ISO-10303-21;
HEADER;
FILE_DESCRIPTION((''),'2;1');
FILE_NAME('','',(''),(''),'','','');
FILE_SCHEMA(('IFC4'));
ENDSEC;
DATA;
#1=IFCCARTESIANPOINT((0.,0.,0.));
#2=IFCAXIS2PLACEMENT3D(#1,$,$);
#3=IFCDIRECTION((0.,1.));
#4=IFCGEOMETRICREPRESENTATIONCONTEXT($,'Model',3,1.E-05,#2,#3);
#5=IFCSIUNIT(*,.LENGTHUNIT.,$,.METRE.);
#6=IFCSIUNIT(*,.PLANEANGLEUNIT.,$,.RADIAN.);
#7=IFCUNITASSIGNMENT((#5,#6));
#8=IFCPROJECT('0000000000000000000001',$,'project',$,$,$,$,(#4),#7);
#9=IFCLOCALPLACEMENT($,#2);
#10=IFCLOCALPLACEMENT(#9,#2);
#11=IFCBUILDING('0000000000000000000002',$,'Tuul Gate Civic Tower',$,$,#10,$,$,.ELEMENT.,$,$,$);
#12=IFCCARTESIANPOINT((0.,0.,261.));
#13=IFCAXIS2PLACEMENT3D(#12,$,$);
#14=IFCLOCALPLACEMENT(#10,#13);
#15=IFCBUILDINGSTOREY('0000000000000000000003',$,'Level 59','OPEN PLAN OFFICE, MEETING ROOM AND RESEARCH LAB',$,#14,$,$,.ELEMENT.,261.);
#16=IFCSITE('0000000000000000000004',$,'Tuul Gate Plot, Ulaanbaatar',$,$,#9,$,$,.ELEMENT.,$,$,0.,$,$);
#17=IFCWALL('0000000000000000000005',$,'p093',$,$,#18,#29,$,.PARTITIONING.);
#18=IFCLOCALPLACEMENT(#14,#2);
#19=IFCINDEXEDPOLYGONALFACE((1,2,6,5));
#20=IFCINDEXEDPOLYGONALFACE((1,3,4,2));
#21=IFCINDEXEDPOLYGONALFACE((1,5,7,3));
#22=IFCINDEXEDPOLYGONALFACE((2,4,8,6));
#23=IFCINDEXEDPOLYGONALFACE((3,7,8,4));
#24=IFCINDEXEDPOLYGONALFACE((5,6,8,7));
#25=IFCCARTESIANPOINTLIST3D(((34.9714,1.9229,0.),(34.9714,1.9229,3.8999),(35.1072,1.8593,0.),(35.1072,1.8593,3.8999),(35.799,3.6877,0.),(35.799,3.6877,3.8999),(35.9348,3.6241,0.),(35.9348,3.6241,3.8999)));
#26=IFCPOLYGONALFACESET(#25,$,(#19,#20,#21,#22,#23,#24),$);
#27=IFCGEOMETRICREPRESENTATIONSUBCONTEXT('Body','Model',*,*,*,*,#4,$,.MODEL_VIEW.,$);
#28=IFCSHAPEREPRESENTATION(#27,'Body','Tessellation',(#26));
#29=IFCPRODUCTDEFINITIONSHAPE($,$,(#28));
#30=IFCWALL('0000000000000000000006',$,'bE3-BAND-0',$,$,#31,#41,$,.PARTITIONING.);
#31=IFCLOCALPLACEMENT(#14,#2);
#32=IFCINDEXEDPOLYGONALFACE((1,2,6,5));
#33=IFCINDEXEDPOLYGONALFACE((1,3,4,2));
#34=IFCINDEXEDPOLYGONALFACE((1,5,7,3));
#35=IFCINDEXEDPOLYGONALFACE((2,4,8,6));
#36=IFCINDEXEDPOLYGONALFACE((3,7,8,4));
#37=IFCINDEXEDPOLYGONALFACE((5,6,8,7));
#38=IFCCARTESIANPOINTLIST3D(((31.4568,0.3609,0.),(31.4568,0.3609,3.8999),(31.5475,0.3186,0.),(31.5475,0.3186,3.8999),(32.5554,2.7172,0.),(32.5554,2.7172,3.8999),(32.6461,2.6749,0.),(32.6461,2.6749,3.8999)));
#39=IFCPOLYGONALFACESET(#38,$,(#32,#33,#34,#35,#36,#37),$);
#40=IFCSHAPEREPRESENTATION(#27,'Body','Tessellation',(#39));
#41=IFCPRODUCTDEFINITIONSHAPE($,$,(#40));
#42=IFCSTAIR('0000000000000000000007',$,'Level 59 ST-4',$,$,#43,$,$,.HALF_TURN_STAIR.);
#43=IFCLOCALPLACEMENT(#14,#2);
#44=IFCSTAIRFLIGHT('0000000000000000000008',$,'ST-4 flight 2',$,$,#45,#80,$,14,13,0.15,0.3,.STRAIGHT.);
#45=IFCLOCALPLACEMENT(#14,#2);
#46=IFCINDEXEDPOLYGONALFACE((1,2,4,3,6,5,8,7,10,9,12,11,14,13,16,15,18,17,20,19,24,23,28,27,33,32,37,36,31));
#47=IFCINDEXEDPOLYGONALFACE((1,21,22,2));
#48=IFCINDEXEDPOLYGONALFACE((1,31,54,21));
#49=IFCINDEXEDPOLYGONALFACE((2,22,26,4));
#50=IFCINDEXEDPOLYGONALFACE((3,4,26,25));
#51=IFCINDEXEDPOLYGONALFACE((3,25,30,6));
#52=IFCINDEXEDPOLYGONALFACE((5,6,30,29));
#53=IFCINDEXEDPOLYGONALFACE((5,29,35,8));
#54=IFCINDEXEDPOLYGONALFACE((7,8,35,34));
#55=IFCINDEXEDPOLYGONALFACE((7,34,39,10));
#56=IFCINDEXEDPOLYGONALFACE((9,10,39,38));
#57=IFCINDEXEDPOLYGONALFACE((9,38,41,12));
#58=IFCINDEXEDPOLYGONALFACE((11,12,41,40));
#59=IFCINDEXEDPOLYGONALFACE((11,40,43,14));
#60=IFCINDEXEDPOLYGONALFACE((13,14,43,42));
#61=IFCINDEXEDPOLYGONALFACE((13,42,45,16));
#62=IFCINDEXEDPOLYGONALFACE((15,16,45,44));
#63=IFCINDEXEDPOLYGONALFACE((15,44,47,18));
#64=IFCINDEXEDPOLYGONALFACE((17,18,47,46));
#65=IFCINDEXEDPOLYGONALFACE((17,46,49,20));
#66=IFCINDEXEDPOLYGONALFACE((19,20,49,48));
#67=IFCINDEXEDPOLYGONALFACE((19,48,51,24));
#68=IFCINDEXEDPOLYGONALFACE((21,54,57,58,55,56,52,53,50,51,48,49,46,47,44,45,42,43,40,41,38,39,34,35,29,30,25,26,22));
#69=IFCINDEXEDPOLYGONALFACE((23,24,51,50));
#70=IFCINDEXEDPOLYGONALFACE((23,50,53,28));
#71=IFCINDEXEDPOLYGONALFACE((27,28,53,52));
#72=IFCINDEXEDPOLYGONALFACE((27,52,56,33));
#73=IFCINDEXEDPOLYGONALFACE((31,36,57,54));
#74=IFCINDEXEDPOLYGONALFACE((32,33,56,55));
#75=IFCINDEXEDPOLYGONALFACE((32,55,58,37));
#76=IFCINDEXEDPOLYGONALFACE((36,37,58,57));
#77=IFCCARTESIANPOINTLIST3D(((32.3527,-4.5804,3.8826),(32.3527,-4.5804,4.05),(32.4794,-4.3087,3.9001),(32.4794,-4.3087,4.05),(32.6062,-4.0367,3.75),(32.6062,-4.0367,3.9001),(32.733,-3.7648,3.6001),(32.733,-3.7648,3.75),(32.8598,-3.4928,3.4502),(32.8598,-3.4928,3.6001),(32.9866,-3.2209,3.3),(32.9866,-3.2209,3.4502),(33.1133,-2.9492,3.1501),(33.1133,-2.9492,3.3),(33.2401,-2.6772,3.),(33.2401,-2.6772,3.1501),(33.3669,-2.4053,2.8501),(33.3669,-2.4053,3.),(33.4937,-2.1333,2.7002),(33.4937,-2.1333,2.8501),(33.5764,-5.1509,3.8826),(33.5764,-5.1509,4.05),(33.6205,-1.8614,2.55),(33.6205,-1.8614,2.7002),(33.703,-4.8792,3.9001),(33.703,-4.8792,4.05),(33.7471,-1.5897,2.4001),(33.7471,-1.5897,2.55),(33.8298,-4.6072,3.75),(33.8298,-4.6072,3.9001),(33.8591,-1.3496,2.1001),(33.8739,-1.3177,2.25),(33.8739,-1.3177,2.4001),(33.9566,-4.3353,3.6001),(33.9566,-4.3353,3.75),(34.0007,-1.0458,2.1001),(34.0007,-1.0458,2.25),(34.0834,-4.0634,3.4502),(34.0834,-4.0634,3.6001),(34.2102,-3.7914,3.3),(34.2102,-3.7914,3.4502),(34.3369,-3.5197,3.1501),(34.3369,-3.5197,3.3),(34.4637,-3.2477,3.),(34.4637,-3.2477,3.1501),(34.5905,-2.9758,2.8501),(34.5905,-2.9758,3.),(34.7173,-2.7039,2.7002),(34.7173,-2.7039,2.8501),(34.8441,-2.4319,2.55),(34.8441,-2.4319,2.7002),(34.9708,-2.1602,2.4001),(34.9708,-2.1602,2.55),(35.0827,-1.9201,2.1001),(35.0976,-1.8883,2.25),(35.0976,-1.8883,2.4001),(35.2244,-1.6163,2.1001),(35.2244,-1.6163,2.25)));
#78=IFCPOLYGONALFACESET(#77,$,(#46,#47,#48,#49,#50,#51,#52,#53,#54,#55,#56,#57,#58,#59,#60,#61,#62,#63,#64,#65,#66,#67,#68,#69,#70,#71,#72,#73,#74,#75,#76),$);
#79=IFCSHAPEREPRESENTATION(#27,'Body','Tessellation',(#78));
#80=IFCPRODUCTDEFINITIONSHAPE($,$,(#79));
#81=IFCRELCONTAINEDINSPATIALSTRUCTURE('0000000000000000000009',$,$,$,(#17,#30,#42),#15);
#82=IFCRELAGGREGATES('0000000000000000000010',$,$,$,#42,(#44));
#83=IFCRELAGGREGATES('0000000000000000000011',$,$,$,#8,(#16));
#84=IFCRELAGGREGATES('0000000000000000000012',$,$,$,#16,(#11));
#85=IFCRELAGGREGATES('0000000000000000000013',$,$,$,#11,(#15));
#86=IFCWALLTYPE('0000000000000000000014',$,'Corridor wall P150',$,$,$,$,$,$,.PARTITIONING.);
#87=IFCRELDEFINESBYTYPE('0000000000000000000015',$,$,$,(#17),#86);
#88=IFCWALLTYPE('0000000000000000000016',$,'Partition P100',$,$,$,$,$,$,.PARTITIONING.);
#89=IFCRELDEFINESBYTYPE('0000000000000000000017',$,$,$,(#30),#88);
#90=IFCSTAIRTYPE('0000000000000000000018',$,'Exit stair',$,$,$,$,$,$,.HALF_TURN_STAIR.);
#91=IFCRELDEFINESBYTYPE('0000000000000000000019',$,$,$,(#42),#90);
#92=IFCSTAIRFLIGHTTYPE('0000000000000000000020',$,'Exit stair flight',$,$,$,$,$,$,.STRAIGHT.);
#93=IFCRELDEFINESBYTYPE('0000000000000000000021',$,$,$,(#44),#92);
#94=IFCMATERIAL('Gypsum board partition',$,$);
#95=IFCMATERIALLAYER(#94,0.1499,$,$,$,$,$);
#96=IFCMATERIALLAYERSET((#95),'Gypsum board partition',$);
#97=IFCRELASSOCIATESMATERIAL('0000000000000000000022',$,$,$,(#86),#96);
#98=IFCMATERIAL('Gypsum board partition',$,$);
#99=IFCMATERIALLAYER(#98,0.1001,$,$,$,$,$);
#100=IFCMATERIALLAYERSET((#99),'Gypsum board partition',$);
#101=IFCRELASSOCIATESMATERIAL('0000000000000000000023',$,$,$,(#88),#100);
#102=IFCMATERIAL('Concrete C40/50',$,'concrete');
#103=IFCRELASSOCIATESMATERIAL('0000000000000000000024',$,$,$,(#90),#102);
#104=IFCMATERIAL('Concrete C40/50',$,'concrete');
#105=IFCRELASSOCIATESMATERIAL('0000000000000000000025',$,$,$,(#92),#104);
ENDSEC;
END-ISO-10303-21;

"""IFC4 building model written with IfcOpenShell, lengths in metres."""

from ifc_helpers import new_model, si_unit, direction, frame, frame_2d, origin, place, context, subcontext, project, spatial, polyline, rectangle, outline, extrude, material, layer, layer_set, type_object, element, aggregate, save


model = new_model("IFC4")

# Units and contexts
model_context = context("Model", 3, precision=1e-05, world=origin(), true_north=direction((0.0, 1.0)))
body_context = subcontext(model_context, "Body", "Model", "MODEL_VIEW")
ifc_project = project(units=[si_unit("LENGTHUNIT", "METRE"), si_unit("PLANEANGLEUNIT", "RADIAN")], contexts=[model_context])

# Site, building, storey
site_placement = place(None, origin())
site = spatial("IfcSite", under=ifc_project, at=site_placement, Name="Tuul Gate Plot, Ulaanbaatar", CompositionType="ELEMENT", RefElevation=0.0)
building_placement = place(site_placement, origin())
building = spatial("IfcBuilding", under=site, at=building_placement, Name="Tuul Gate Civic Tower", CompositionType="ELEMENT")
storey_placement = place(building_placement, frame((0.0, 0.0, 261.0)))
storey = spatial("IfcBuildingStorey", under=building, at=storey_placement, Name="Level 59", Description="OPEN PLAN OFFICE, MEETING ROOM AND RESEARCH LAB", CompositionType="ELEMENT", Elevation=261.0)

# Walls
ifc_material_1 = material(Name="Gypsum board partition")
ifc_layer_1 = layer(ifc_material_1, 0.1499)
ifc_layer_set_1 = layer_set([ifc_layer_1], Name="Gypsum board partition")
wall_type_1 = type_object("IfcWallType", Name="Corridor wall P150", PredefinedType="PARTITIONING", material=ifc_layer_set_1)
wall_1_placement = place(storey_placement, frame((35.0393, 1.8911, 0.0), z_axis=(0.0, 0.0, 1.0), x_axis=(0.424578, 0.905391, 0.0)))
element("IfcWall", 1, at=wall_1_placement, inside=storey, type_object=wall_type_1, Name="p093", PredefinedType="PARTITIONING", context=body_context, shape_type="SweptSolid", body=[
    extrude(rectangle(XDim=1.9492, YDim=0.1499, at=frame_2d((0.9746, 0.0))), origin(), (0.0, 0.0, 1.0), 3.8999),
])
ifc_material_2 = material(Name="Gypsum board partition")
ifc_layer_2 = layer(ifc_material_2, 0.1001)
ifc_layer_set_2 = layer_set([ifc_layer_2], Name="Gypsum board partition")
wall_type_2 = type_object("IfcWallType", Name="Partition P100", PredefinedType="PARTITIONING", material=ifc_layer_set_2)
wall_2_placement = place(storey_placement, frame((31.5022, 0.3398, 0.0), z_axis=(0.0, 0.0, 1.0), x_axis=(0.422556, 0.906337, 0.0)))
element("IfcWall", 2, at=wall_2_placement, inside=storey, type_object=wall_type_2, Name="bE3-BAND-0", PredefinedType="PARTITIONING", context=body_context, shape_type="SweptSolid", body=[
    extrude(rectangle(XDim=2.5999, YDim=0.1001, at=frame_2d((1.2998, 0.0))), origin(), (0.0, 0.0, 1.0), 3.8999),
])

# Stair, stair flight
ifc_material_3 = material(Name="Concrete C40/50", Category="concrete")
stair_type = type_object("IfcStairType", Name="Exit stair", PredefinedType="HALF_TURN_STAIR", material=ifc_material_3)
stair_placement = place(storey_placement, origin())
stair = element("IfcStair", 3, at=stair_placement, inside=storey, type_object=stair_type, Name="Level 59 ST-4", PredefinedType="HALF_TURN_STAIR")
ifc_material_4 = material(Name="Concrete C40/50", Category="concrete")
stair_flight_type = type_object("IfcStairFlightType", Name="Exit stair flight", PredefinedType="STRAIGHT", material=ifc_material_4)
stair_flight_placement = place(storey_placement, frame((34.6125, -1.3311, 2.1001), z_axis=(0.0, 0.0, 1.0), x_axis=(-0.422576, -0.906327, 0.0)))
stair_flight = element("IfcStairFlight", 4, at=stair_flight_placement, type_object=stair_flight_type, Name="ST-4 flight 2", NumberOfRisers=14, NumberOfTreads=13, PredefinedType="STRAIGHT", RiserHeight=0.15, TreadLength=0.3, context=body_context, shape_type="SweptSolid", body=[
    extrude(outline(polyline([(0.0, 0.0), (0.0, 0.1499), (0.3, 0.1499), (0.3, 0.3), (0.6001, 0.3), (0.6001, 0.45), (0.8999, 0.45), (0.8999, 0.6001), (1.2, 0.6001), (1.2, 0.75), (1.5, 0.75), (1.5, 0.8999), (1.8, 0.8999), (1.8, 1.05), (2.1001, 1.05), (2.1001, 1.2), (2.3999, 1.2), (2.3999, 1.3501), (2.7, 1.3501), (2.7, 1.5), (3.0, 1.5), (3.0, 1.6499), (3.3, 1.6499), (3.3, 1.8), (3.6001, 1.8), (3.6001, 1.95), (3.8999, 1.95), (3.8999, 2.1001), (3.8999, 1.7825), (0.3352, 0.0), (0.0, 0.0)])), frame((0.0, 0.675, 0.0), z_axis=(0.0, -1.0, 0.0), x_axis=(1.0, 0.0, 0.0)), (0.0, 0.0, 1.0), 1.3501),
])
aggregate(stair, [stair_flight])

save(model, "model.ifc")
